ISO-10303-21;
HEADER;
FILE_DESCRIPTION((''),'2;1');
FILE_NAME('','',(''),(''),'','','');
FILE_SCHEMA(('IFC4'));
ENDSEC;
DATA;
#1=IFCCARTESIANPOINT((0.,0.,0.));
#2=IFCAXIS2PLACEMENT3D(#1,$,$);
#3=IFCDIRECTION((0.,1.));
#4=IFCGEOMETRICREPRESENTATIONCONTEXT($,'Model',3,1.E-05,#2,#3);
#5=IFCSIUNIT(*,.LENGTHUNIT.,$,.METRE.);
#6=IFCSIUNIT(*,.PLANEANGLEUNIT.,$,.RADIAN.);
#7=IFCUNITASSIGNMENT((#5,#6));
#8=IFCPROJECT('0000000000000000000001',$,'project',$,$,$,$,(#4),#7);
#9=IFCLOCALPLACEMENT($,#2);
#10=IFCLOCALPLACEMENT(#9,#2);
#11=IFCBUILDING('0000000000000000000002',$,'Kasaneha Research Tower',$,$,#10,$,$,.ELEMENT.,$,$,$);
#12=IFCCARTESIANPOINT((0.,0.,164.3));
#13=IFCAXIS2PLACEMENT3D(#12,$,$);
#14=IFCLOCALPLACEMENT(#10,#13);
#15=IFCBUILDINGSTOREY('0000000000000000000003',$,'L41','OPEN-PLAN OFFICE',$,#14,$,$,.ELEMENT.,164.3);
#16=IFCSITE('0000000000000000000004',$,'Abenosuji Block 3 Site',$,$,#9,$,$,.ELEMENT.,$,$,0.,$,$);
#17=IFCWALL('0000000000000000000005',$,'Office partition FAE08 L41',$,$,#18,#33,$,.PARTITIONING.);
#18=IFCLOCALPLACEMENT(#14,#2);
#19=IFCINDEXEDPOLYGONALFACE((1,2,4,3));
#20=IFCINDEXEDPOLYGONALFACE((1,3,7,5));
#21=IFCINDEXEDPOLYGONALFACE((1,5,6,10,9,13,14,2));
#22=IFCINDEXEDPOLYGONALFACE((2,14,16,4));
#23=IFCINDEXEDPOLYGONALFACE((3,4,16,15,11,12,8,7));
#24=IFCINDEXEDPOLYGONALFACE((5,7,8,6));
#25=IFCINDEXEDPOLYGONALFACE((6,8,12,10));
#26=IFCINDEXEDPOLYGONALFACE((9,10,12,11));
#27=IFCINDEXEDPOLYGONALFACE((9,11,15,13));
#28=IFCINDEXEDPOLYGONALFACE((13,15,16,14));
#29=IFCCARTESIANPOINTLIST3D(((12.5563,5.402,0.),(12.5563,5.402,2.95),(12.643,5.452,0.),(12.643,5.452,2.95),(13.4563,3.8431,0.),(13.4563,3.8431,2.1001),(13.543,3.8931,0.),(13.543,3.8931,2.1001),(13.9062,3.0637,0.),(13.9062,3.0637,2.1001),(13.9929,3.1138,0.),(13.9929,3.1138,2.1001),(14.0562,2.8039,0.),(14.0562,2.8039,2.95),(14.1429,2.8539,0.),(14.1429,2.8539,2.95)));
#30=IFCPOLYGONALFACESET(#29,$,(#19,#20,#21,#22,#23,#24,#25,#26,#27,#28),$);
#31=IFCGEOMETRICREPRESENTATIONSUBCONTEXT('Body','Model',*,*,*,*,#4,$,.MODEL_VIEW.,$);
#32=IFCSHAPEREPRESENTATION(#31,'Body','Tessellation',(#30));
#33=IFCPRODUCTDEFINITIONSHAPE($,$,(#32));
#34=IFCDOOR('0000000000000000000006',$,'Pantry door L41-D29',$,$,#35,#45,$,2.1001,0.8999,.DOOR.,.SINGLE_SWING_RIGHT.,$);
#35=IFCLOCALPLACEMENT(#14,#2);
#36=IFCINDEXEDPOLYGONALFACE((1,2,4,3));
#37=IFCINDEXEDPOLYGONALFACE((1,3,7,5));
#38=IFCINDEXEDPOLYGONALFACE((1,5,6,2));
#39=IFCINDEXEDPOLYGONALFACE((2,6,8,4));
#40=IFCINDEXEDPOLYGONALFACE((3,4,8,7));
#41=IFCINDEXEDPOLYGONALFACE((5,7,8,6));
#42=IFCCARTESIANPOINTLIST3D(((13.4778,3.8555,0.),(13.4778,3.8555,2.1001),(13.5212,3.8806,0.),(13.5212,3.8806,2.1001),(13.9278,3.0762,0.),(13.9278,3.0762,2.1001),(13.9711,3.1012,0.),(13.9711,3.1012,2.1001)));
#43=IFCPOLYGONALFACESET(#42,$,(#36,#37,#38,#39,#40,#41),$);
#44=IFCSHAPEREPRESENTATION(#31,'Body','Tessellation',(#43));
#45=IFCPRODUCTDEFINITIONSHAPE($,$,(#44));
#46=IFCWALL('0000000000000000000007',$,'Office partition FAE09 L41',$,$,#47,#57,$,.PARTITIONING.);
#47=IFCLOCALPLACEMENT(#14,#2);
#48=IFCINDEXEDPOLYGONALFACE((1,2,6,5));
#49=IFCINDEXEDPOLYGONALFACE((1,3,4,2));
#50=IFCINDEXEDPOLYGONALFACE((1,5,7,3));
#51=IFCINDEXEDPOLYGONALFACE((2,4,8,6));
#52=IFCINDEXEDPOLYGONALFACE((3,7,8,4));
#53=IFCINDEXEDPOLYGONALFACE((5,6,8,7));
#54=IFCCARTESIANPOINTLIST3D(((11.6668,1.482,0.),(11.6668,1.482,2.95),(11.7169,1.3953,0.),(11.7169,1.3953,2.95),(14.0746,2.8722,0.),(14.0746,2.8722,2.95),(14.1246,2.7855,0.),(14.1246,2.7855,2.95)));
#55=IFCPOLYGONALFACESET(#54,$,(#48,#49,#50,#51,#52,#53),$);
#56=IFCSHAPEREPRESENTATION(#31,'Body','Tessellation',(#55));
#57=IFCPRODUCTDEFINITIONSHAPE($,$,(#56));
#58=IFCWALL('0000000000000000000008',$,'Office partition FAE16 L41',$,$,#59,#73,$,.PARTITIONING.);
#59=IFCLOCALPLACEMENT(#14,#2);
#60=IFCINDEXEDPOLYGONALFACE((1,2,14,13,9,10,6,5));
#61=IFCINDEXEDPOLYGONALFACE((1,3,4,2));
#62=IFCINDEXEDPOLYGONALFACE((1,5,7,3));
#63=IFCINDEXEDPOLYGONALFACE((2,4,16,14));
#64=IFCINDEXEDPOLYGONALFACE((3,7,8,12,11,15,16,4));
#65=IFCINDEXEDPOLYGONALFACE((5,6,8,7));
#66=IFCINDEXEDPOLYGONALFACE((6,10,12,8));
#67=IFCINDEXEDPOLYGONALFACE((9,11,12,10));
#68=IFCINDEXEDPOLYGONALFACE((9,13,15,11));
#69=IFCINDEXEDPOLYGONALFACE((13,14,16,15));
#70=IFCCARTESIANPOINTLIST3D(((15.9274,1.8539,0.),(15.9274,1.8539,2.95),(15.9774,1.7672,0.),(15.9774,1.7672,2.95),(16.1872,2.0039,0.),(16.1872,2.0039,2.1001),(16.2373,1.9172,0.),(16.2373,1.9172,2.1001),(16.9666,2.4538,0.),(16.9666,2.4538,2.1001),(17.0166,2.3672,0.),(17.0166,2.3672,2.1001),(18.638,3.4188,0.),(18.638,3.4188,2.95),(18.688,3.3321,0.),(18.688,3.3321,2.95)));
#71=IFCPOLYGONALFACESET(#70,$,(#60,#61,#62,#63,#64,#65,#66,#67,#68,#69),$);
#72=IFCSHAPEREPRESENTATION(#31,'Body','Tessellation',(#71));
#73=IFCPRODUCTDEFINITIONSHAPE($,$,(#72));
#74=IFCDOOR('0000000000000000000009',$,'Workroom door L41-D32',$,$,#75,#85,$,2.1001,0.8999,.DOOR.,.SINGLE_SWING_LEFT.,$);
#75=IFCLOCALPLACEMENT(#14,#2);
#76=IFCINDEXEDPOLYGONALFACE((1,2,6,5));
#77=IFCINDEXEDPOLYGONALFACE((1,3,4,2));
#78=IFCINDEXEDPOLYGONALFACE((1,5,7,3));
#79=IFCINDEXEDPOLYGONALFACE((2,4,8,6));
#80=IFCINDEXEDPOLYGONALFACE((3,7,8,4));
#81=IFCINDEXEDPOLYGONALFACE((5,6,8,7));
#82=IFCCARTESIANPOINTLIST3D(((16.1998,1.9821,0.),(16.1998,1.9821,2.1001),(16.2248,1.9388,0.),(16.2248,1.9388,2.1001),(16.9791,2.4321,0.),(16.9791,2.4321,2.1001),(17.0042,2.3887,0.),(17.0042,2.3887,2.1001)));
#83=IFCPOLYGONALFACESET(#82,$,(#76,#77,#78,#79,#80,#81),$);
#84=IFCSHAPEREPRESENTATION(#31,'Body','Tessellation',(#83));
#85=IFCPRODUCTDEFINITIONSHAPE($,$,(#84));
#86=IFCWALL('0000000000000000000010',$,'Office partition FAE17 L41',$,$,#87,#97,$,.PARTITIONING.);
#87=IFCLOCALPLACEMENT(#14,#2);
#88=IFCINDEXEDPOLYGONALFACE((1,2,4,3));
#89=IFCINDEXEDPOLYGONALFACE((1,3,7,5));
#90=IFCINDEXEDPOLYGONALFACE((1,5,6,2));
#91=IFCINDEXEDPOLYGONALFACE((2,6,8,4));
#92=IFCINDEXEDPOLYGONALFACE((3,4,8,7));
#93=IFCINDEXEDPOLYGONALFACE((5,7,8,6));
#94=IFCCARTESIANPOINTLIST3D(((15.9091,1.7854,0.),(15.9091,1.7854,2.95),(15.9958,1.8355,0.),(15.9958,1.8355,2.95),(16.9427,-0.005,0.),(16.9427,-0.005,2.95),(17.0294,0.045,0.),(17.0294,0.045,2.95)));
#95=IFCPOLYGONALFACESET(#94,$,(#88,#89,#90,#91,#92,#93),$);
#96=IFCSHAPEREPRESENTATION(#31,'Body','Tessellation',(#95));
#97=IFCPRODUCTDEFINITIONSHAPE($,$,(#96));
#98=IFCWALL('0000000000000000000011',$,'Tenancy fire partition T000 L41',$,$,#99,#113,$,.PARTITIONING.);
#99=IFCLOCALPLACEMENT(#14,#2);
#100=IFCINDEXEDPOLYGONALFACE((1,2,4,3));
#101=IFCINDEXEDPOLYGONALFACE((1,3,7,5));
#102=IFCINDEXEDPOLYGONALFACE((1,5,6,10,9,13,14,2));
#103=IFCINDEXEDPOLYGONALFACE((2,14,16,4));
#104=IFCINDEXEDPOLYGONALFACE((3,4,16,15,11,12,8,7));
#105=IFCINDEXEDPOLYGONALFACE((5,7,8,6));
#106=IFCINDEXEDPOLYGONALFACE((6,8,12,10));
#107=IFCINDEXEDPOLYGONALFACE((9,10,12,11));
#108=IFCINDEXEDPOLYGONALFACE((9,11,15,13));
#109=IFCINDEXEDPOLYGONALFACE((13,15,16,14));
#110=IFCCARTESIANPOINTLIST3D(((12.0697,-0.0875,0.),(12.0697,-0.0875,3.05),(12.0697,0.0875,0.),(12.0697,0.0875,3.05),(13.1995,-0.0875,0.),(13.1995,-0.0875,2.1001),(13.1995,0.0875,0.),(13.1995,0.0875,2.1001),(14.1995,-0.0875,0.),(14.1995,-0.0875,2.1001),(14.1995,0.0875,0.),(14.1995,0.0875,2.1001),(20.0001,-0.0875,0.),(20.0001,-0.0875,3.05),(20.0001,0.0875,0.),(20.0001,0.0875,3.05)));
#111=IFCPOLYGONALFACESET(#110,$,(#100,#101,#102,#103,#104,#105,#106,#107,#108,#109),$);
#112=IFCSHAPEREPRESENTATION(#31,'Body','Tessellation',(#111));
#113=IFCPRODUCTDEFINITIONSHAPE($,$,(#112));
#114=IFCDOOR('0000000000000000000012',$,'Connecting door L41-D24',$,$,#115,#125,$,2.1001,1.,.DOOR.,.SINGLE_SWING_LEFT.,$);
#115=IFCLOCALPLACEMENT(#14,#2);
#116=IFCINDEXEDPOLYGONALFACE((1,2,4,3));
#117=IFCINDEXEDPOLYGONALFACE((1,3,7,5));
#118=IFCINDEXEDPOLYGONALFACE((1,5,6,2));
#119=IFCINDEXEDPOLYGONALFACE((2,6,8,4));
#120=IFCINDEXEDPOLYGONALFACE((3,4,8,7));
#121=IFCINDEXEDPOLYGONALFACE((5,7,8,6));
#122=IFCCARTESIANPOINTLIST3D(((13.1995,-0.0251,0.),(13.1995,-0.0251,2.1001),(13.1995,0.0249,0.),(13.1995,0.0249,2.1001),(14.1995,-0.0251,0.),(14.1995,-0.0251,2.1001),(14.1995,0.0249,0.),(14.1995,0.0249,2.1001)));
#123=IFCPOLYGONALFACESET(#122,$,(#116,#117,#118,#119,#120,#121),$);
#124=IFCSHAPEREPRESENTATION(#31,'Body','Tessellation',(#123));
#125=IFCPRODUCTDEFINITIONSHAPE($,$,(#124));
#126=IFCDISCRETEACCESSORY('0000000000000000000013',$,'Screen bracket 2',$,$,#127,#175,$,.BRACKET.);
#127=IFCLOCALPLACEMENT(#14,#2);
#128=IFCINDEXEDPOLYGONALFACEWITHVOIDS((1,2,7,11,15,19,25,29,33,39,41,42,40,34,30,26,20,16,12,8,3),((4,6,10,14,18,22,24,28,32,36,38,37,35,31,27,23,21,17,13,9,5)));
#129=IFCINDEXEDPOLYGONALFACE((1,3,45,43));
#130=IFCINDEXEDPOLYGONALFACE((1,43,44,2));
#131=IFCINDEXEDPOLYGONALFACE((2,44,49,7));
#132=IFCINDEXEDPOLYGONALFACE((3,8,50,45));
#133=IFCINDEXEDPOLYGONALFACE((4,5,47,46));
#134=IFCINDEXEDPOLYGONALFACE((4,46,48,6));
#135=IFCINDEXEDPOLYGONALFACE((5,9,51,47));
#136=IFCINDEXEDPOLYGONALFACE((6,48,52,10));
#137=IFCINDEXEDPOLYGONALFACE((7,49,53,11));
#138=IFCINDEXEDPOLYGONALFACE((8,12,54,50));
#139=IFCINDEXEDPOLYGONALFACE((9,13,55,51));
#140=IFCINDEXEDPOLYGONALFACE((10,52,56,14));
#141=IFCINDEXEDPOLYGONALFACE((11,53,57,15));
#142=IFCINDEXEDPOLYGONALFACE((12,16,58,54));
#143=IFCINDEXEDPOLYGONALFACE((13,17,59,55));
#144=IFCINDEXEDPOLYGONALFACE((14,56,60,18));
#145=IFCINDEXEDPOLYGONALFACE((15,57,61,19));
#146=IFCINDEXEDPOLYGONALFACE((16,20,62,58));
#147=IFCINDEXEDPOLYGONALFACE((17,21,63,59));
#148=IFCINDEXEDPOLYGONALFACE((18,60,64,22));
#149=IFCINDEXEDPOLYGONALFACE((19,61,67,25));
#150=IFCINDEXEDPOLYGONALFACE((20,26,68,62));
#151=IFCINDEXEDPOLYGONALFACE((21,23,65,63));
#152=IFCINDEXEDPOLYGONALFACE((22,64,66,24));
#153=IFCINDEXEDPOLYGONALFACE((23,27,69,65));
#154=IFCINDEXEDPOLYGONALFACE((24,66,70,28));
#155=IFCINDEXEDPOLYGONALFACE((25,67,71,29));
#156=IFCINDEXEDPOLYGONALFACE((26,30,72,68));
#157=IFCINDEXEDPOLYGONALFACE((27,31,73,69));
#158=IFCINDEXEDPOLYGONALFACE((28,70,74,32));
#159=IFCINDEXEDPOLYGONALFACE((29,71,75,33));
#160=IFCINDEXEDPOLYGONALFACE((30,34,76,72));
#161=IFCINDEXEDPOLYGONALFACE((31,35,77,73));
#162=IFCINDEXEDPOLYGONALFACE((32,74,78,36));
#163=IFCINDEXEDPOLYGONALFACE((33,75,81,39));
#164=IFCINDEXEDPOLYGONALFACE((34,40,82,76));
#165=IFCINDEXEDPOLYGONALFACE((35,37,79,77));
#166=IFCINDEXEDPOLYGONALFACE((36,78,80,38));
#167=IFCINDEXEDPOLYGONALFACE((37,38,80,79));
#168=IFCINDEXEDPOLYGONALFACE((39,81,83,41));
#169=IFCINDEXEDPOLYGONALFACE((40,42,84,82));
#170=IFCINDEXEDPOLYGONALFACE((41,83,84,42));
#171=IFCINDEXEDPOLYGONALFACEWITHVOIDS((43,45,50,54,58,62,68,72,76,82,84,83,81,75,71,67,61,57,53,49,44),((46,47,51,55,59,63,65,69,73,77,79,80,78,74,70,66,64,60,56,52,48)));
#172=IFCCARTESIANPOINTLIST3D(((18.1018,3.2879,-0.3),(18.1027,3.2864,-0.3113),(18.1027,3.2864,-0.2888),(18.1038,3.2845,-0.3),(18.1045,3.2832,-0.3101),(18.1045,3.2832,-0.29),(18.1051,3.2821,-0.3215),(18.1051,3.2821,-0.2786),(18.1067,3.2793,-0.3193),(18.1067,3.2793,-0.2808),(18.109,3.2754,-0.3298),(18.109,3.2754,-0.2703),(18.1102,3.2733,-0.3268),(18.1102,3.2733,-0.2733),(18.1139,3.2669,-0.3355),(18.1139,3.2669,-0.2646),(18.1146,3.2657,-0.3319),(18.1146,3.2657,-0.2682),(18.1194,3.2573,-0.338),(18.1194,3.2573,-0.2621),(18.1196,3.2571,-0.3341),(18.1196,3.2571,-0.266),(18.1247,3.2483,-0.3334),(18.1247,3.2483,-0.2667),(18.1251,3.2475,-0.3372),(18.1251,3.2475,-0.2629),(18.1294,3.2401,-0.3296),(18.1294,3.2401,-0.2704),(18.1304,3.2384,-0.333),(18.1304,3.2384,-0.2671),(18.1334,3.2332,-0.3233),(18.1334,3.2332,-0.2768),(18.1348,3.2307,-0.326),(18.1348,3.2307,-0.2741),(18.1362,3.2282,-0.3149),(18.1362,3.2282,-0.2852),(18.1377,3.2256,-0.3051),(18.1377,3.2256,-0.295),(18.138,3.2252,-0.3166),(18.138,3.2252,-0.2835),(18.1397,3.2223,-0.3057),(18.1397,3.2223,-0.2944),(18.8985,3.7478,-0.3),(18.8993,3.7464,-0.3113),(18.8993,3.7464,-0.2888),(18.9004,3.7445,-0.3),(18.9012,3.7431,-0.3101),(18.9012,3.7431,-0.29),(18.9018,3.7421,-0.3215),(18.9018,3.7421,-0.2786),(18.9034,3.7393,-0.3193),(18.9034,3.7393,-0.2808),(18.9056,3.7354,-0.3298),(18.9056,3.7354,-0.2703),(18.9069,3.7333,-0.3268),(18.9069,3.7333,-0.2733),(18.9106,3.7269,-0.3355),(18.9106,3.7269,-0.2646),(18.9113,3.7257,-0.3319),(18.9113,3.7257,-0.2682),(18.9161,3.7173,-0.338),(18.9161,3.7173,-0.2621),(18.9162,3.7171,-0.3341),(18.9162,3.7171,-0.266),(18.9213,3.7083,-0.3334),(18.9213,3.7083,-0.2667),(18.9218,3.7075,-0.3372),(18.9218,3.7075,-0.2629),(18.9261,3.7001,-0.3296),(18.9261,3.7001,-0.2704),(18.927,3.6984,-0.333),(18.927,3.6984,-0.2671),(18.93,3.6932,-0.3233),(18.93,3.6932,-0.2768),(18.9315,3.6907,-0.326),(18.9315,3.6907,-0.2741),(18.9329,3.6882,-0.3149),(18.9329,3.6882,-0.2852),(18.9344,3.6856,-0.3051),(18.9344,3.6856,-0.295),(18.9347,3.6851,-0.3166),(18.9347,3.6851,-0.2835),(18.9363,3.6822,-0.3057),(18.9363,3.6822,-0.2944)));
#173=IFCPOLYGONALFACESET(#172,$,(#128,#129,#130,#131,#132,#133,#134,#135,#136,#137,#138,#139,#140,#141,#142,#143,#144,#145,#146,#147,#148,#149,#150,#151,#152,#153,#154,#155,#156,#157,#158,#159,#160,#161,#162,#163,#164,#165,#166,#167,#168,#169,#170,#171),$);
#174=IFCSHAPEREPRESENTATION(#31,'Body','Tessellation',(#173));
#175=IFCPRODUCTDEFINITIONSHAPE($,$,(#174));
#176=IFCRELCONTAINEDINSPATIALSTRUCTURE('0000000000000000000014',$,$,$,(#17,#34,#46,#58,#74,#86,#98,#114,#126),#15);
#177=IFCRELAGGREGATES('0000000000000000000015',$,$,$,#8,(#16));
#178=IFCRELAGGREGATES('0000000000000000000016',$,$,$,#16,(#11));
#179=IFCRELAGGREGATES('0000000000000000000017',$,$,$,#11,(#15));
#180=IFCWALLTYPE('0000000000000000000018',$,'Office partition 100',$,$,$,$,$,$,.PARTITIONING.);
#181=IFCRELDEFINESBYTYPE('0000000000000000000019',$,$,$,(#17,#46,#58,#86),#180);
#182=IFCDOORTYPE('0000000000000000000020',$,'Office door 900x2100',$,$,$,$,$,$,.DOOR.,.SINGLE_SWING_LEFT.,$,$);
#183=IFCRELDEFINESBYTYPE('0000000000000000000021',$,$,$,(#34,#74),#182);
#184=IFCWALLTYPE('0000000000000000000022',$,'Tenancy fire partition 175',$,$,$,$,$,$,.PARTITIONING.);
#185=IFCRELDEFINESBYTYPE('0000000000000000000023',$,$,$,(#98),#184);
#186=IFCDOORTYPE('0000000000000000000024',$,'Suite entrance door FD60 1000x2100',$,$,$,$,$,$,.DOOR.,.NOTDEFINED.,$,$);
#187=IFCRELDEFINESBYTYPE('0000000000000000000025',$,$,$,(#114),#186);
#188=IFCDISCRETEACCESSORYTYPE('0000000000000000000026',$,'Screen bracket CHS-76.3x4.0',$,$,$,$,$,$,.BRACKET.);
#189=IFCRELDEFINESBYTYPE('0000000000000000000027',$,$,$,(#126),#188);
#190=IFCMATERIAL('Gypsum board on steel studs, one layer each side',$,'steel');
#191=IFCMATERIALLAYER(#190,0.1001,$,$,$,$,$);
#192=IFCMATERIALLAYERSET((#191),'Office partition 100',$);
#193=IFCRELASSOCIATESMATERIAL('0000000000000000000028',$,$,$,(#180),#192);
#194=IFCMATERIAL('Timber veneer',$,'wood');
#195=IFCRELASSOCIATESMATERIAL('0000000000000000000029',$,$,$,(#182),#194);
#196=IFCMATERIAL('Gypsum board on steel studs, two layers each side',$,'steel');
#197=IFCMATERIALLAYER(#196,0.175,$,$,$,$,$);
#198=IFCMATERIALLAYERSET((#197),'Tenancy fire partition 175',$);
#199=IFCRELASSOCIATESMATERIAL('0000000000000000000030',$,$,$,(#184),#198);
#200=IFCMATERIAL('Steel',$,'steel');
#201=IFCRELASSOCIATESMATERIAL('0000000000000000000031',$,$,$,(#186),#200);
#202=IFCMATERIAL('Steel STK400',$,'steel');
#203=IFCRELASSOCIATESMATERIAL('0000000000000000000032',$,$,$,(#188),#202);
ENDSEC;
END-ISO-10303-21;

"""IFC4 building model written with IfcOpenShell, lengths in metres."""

from ifc_helpers import new_model, si_unit, direction, frame, frame_2d, origin, origin_2d, place, context, subcontext, project, spatial, rectangle, hollow_circle, extrude, material, layer, layer_set, material_profile, profile_set, type_object, element, fill, save


model = new_model("IFC4")

# Units and contexts
model_context = context("Model", 3, precision=1e-05, world=origin(), true_north=direction((0.0, 1.0)))
body_context = subcontext(model_context, "Body", "Model", "MODEL_VIEW")
ifc_project = project(units=[si_unit("LENGTHUNIT", "METRE"), si_unit("PLANEANGLEUNIT", "RADIAN")], contexts=[model_context])

# Site, building, storey
site_placement = place(None, origin())
site = spatial("IfcSite", under=ifc_project, at=site_placement, Name="Abenosuji Block 3 Site", CompositionType="ELEMENT", RefElevation=0.0)
building_placement = place(site_placement, origin())
building = spatial("IfcBuilding", under=site, at=building_placement, Name="Kasaneha Research Tower", CompositionType="ELEMENT")
storey_placement = place(building_placement, frame((0.0, 0.0, 164.3)))
storey = spatial("IfcBuildingStorey", under=building, at=storey_placement, Name="L41", Description="OPEN-PLAN OFFICE", CompositionType="ELEMENT", Elevation=164.3)

# Shared definitions
ifc_material_1 = material(Name="Gypsum board on steel studs, one layer each side", Category="steel")
ifc_layer_1 = layer(ifc_material_1, 0.1001)
ifc_layer_set_1 = layer_set([ifc_layer_1], Name="Office partition 100")
wall_type_1 = type_object("IfcWallType", Name="Office partition 100", PredefinedType="PARTITIONING", material=ifc_layer_set_1)

# Wall, opening, door
wall_1_placement = place(storey_placement, frame((12.5996, 5.427, 0.0), z_axis=(0.0, 0.0, 1.0), x_axis=(0.49999, -0.866031, 0.0)))
wall_1 = element("IfcWall", 1, at=wall_1_placement, inside=storey, type_object=wall_type_1, Name="Office partition FAE08 L41", PredefinedType="PARTITIONING", context=body_context, shape_type="SweptSolid", body=[
    extrude(rectangle(XDim=3.0, YDim=0.1001, at=frame_2d((1.5, 0.0))), origin(), (0.0, 0.0, 1.0), 2.95),
])
opening_1_placement = place(wall_1_placement, frame((1.8, 0.0, 0.0)))
opening_1 = element("IfcOpeningElement", 2, at=opening_1_placement, cuts=wall_1, PredefinedType="OPENING", context=body_context, shape_type="SweptSolid", body=[
    extrude(rectangle(XDim=0.8999, YDim=2.1001, at=frame_2d((0.45, 1.05))), frame((0.0, 0.0601, 0.0), z_axis=(0.0, -1.0, 0.0), x_axis=(1.0, 0.0, 0.0)), (0.0, 0.0, 1.0), 0.1201),
])
ifc_material_2 = material(Name="Timber veneer", Category="wood")
door_type_1 = type_object("IfcDoorType", Name="Office door 900x2100", OperationType="SINGLE_SWING_LEFT", PredefinedType="DOOR", material=ifc_material_2)
door_1_placement = place(opening_1_placement, origin())
door_1 = element("IfcDoor", 3, at=door_1_placement, inside=storey, type_object=door_type_1, Name="Pantry door L41-D29", OperationType="SINGLE_SWING_RIGHT", OverallHeight=2.1001, OverallWidth=0.8999, PredefinedType="DOOR", context=body_context, shape_type="SweptSolid", body=[
    extrude(rectangle(XDim=0.8999, YDim=2.1001, at=frame_2d((0.45, 1.05))), frame((0.0, 0.0249, 0.0), z_axis=(0.0, -1.0, 0.0), x_axis=(1.0, 0.0, 0.0)), (0.0, 0.0, 1.0), 0.05),
])
fill(opening_1, door_1)

# Wall
wall_2_placement = place(storey_placement, frame((14.0996, 2.8289, 0.0), z_axis=(0.0, 0.0, 1.0), x_axis=(-0.866019, -0.500011, 0.0)))
element("IfcWall", 4, at=wall_2_placement, inside=storey, type_object=wall_type_1, Name="Office partition FAE09 L41", PredefinedType="PARTITIONING", context=body_context, shape_type="SweptSolid", body=[
    extrude(rectangle(XDim=2.7803, YDim=0.1001, at=frame_2d((1.3901, 0.0))), origin(), (0.0, 0.0, 1.0), 2.95),
])

# Wall, opening, door
wall_3_placement = place(storey_placement, frame((15.9524, 1.8105, 0.0), z_axis=(0.0, 0.0, 1.0), x_axis=(0.866036, 0.499981, 0.0)))
wall_3 = element("IfcWall", 5, at=wall_3_placement, inside=storey, type_object=wall_type_1, Name="Office partition FAE16 L41", PredefinedType="PARTITIONING", context=body_context, shape_type="SweptSolid", body=[
    extrude(rectangle(XDim=3.1299, YDim=0.1001, at=frame_2d((1.5649, 0.0))), origin(), (0.0, 0.0, 1.0), 2.95),
])
opening_2_placement = place(wall_3_placement, frame((0.3, 0.0, 0.0)))
opening_2 = element("IfcOpeningElement", 6, at=opening_2_placement, cuts=wall_3, PredefinedType="OPENING", context=body_context, shape_type="SweptSolid", body=[
    extrude(rectangle(XDim=0.8999, YDim=2.1001, at=frame_2d((0.45, 1.05))), frame((0.0, 0.0601, 0.0), z_axis=(0.0, -1.0, 0.0), x_axis=(1.0, 0.0, 0.0)), (0.0, 0.0, 1.0), 0.1201),
])
door_2_placement = place(opening_2_placement, origin())
door_2 = element("IfcDoor", 7, at=door_2_placement, inside=storey, type_object=door_type_1, Name="Workroom door L41-D32", OperationType="SINGLE_SWING_LEFT", OverallHeight=2.1001, OverallWidth=0.8999, PredefinedType="DOOR", context=body_context, shape_type="SweptSolid", body=[
    extrude(rectangle(XDim=0.8999, YDim=2.1001, at=frame_2d((0.45, 1.05))), frame((0.0, 0.0249, 0.0), z_axis=(0.0, -1.0, 0.0), x_axis=(1.0, 0.0, 0.0)), (0.0, 0.0, 1.0), 0.05),
])
fill(opening_2, door_2)

# Wall
wall_4_placement = place(storey_placement, frame((16.9861, 0.02, 0.0), z_axis=(0.0, 0.0, 1.0), x_axis=(-0.499975, 0.86604, 0.0)))
element("IfcWall", 8, at=wall_4_placement, inside=storey, type_object=wall_type_1, Name="Office partition FAE17 L41", PredefinedType="PARTITIONING", context=body_context, shape_type="SweptSolid", body=[
    extrude(rectangle(XDim=2.0674, YDim=0.1001, at=frame_2d((1.0337, 0.0))), origin(), (0.0, 0.0, 1.0), 2.95),
])

# Wall, opening, door
ifc_material_3 = material(Name="Gypsum board on steel studs, two layers each side", Category="steel")
ifc_layer_2 = layer(ifc_material_3, 0.175)
ifc_layer_set_2 = layer_set([ifc_layer_2], Name="Tenancy fire partition 175")
wall_type_2 = type_object("IfcWallType", Name="Tenancy fire partition 175", PredefinedType="PARTITIONING", material=ifc_layer_set_2)
wall_5_placement = place(storey_placement, frame((12.0696, 0.0, 0.0), z_axis=(0.0, 0.0, 1.0), x_axis=(1.0, 0.0, 0.0)))
wall_5 = element("IfcWall", 9, at=wall_5_placement, inside=storey, type_object=wall_type_2, Name="Tenancy fire partition T000 L41", PredefinedType="PARTITIONING", context=body_context, shape_type="SweptSolid", body=[
    extrude(rectangle(XDim=7.9304, YDim=0.175, at=frame_2d((3.9653, 0.0))), origin(), (0.0, 0.0, 1.0), 3.05),
])
opening_3_placement = place(wall_5_placement, frame((1.1299, 0.0, 0.0)))
opening_3 = element("IfcOpeningElement", 10, at=opening_3_placement, cuts=wall_5, PredefinedType="OPENING", context=body_context, shape_type="SweptSolid", body=[
    extrude(rectangle(XDim=1.0, YDim=2.1001, at=frame_2d((0.5, 1.05))), frame((0.0, 0.0977, 0.0), z_axis=(0.0, -1.0, 0.0), x_axis=(1.0, 0.0, 0.0)), (0.0, 0.0, 1.0), 0.1951),
])
ifc_material_4 = material(Name="Steel", Category="steel")
door_type_2 = type_object("IfcDoorType", Name="Suite entrance door FD60 1000x2100", OperationType="NOTDEFINED", PredefinedType="DOOR", material=ifc_material_4)
door_3_placement = place(opening_3_placement, origin())
door_3 = element("IfcDoor", 11, at=door_3_placement, inside=storey, type_object=door_type_2, Name="Connecting door L41-D24", OperationType="SINGLE_SWING_LEFT", OverallHeight=2.1001, OverallWidth=1.0, PredefinedType="DOOR", context=body_context, shape_type="SweptSolid", body=[
    extrude(rectangle(XDim=1.0, YDim=2.1001, at=frame_2d((0.5, 1.05))), frame((0.0, 0.0249, 0.0), z_axis=(0.0, -1.0, 0.0), x_axis=(1.0, 0.0, 0.0)), (0.0, 0.0, 1.0), 0.05),
])
fill(opening_3, door_3)

# Discrete accessory
ifc_material_5 = material(Name="Steel STK400", Category="steel")
ifc_material_profile_1 = material_profile(ifc_material_5, hollow_circle(Radius=0.0381, WallThickness=0.0039, at=origin_2d()), Name="CHS-76.3x4.0")
ifc_profile_set_1 = profile_set([ifc_material_profile_1], Name="Steel STK400")
discrete_accessory_type = type_object("IfcDiscreteAccessoryType", Name="Screen bracket CHS-76.3x4.0", PredefinedType="BRACKET", material=ifc_profile_set_1)
for number, where, z_axis, x_axis, name in (
    (12, (18.1208, 3.2549, -0.3), (0.866013, 0.500021, 0.0), (-0.500021, 0.866013, 0.0), "Screen bracket 2"),
):
    element("IfcDiscreteAccessory", number, at=place(storey_placement, frame(where, z_axis=z_axis, x_axis=x_axis)), inside=storey, type_object=discrete_accessory_type, Name=name, PredefinedType="BRACKET", context=body_context, shape_type="SweptSolid", body=[
        extrude(hollow_circle(Radius=0.0381, WallThickness=0.0039, at=origin_2d()), origin(), (0.0, 0.0, 1.0), 0.9199),
    ])

save(model, "model.ifc")
